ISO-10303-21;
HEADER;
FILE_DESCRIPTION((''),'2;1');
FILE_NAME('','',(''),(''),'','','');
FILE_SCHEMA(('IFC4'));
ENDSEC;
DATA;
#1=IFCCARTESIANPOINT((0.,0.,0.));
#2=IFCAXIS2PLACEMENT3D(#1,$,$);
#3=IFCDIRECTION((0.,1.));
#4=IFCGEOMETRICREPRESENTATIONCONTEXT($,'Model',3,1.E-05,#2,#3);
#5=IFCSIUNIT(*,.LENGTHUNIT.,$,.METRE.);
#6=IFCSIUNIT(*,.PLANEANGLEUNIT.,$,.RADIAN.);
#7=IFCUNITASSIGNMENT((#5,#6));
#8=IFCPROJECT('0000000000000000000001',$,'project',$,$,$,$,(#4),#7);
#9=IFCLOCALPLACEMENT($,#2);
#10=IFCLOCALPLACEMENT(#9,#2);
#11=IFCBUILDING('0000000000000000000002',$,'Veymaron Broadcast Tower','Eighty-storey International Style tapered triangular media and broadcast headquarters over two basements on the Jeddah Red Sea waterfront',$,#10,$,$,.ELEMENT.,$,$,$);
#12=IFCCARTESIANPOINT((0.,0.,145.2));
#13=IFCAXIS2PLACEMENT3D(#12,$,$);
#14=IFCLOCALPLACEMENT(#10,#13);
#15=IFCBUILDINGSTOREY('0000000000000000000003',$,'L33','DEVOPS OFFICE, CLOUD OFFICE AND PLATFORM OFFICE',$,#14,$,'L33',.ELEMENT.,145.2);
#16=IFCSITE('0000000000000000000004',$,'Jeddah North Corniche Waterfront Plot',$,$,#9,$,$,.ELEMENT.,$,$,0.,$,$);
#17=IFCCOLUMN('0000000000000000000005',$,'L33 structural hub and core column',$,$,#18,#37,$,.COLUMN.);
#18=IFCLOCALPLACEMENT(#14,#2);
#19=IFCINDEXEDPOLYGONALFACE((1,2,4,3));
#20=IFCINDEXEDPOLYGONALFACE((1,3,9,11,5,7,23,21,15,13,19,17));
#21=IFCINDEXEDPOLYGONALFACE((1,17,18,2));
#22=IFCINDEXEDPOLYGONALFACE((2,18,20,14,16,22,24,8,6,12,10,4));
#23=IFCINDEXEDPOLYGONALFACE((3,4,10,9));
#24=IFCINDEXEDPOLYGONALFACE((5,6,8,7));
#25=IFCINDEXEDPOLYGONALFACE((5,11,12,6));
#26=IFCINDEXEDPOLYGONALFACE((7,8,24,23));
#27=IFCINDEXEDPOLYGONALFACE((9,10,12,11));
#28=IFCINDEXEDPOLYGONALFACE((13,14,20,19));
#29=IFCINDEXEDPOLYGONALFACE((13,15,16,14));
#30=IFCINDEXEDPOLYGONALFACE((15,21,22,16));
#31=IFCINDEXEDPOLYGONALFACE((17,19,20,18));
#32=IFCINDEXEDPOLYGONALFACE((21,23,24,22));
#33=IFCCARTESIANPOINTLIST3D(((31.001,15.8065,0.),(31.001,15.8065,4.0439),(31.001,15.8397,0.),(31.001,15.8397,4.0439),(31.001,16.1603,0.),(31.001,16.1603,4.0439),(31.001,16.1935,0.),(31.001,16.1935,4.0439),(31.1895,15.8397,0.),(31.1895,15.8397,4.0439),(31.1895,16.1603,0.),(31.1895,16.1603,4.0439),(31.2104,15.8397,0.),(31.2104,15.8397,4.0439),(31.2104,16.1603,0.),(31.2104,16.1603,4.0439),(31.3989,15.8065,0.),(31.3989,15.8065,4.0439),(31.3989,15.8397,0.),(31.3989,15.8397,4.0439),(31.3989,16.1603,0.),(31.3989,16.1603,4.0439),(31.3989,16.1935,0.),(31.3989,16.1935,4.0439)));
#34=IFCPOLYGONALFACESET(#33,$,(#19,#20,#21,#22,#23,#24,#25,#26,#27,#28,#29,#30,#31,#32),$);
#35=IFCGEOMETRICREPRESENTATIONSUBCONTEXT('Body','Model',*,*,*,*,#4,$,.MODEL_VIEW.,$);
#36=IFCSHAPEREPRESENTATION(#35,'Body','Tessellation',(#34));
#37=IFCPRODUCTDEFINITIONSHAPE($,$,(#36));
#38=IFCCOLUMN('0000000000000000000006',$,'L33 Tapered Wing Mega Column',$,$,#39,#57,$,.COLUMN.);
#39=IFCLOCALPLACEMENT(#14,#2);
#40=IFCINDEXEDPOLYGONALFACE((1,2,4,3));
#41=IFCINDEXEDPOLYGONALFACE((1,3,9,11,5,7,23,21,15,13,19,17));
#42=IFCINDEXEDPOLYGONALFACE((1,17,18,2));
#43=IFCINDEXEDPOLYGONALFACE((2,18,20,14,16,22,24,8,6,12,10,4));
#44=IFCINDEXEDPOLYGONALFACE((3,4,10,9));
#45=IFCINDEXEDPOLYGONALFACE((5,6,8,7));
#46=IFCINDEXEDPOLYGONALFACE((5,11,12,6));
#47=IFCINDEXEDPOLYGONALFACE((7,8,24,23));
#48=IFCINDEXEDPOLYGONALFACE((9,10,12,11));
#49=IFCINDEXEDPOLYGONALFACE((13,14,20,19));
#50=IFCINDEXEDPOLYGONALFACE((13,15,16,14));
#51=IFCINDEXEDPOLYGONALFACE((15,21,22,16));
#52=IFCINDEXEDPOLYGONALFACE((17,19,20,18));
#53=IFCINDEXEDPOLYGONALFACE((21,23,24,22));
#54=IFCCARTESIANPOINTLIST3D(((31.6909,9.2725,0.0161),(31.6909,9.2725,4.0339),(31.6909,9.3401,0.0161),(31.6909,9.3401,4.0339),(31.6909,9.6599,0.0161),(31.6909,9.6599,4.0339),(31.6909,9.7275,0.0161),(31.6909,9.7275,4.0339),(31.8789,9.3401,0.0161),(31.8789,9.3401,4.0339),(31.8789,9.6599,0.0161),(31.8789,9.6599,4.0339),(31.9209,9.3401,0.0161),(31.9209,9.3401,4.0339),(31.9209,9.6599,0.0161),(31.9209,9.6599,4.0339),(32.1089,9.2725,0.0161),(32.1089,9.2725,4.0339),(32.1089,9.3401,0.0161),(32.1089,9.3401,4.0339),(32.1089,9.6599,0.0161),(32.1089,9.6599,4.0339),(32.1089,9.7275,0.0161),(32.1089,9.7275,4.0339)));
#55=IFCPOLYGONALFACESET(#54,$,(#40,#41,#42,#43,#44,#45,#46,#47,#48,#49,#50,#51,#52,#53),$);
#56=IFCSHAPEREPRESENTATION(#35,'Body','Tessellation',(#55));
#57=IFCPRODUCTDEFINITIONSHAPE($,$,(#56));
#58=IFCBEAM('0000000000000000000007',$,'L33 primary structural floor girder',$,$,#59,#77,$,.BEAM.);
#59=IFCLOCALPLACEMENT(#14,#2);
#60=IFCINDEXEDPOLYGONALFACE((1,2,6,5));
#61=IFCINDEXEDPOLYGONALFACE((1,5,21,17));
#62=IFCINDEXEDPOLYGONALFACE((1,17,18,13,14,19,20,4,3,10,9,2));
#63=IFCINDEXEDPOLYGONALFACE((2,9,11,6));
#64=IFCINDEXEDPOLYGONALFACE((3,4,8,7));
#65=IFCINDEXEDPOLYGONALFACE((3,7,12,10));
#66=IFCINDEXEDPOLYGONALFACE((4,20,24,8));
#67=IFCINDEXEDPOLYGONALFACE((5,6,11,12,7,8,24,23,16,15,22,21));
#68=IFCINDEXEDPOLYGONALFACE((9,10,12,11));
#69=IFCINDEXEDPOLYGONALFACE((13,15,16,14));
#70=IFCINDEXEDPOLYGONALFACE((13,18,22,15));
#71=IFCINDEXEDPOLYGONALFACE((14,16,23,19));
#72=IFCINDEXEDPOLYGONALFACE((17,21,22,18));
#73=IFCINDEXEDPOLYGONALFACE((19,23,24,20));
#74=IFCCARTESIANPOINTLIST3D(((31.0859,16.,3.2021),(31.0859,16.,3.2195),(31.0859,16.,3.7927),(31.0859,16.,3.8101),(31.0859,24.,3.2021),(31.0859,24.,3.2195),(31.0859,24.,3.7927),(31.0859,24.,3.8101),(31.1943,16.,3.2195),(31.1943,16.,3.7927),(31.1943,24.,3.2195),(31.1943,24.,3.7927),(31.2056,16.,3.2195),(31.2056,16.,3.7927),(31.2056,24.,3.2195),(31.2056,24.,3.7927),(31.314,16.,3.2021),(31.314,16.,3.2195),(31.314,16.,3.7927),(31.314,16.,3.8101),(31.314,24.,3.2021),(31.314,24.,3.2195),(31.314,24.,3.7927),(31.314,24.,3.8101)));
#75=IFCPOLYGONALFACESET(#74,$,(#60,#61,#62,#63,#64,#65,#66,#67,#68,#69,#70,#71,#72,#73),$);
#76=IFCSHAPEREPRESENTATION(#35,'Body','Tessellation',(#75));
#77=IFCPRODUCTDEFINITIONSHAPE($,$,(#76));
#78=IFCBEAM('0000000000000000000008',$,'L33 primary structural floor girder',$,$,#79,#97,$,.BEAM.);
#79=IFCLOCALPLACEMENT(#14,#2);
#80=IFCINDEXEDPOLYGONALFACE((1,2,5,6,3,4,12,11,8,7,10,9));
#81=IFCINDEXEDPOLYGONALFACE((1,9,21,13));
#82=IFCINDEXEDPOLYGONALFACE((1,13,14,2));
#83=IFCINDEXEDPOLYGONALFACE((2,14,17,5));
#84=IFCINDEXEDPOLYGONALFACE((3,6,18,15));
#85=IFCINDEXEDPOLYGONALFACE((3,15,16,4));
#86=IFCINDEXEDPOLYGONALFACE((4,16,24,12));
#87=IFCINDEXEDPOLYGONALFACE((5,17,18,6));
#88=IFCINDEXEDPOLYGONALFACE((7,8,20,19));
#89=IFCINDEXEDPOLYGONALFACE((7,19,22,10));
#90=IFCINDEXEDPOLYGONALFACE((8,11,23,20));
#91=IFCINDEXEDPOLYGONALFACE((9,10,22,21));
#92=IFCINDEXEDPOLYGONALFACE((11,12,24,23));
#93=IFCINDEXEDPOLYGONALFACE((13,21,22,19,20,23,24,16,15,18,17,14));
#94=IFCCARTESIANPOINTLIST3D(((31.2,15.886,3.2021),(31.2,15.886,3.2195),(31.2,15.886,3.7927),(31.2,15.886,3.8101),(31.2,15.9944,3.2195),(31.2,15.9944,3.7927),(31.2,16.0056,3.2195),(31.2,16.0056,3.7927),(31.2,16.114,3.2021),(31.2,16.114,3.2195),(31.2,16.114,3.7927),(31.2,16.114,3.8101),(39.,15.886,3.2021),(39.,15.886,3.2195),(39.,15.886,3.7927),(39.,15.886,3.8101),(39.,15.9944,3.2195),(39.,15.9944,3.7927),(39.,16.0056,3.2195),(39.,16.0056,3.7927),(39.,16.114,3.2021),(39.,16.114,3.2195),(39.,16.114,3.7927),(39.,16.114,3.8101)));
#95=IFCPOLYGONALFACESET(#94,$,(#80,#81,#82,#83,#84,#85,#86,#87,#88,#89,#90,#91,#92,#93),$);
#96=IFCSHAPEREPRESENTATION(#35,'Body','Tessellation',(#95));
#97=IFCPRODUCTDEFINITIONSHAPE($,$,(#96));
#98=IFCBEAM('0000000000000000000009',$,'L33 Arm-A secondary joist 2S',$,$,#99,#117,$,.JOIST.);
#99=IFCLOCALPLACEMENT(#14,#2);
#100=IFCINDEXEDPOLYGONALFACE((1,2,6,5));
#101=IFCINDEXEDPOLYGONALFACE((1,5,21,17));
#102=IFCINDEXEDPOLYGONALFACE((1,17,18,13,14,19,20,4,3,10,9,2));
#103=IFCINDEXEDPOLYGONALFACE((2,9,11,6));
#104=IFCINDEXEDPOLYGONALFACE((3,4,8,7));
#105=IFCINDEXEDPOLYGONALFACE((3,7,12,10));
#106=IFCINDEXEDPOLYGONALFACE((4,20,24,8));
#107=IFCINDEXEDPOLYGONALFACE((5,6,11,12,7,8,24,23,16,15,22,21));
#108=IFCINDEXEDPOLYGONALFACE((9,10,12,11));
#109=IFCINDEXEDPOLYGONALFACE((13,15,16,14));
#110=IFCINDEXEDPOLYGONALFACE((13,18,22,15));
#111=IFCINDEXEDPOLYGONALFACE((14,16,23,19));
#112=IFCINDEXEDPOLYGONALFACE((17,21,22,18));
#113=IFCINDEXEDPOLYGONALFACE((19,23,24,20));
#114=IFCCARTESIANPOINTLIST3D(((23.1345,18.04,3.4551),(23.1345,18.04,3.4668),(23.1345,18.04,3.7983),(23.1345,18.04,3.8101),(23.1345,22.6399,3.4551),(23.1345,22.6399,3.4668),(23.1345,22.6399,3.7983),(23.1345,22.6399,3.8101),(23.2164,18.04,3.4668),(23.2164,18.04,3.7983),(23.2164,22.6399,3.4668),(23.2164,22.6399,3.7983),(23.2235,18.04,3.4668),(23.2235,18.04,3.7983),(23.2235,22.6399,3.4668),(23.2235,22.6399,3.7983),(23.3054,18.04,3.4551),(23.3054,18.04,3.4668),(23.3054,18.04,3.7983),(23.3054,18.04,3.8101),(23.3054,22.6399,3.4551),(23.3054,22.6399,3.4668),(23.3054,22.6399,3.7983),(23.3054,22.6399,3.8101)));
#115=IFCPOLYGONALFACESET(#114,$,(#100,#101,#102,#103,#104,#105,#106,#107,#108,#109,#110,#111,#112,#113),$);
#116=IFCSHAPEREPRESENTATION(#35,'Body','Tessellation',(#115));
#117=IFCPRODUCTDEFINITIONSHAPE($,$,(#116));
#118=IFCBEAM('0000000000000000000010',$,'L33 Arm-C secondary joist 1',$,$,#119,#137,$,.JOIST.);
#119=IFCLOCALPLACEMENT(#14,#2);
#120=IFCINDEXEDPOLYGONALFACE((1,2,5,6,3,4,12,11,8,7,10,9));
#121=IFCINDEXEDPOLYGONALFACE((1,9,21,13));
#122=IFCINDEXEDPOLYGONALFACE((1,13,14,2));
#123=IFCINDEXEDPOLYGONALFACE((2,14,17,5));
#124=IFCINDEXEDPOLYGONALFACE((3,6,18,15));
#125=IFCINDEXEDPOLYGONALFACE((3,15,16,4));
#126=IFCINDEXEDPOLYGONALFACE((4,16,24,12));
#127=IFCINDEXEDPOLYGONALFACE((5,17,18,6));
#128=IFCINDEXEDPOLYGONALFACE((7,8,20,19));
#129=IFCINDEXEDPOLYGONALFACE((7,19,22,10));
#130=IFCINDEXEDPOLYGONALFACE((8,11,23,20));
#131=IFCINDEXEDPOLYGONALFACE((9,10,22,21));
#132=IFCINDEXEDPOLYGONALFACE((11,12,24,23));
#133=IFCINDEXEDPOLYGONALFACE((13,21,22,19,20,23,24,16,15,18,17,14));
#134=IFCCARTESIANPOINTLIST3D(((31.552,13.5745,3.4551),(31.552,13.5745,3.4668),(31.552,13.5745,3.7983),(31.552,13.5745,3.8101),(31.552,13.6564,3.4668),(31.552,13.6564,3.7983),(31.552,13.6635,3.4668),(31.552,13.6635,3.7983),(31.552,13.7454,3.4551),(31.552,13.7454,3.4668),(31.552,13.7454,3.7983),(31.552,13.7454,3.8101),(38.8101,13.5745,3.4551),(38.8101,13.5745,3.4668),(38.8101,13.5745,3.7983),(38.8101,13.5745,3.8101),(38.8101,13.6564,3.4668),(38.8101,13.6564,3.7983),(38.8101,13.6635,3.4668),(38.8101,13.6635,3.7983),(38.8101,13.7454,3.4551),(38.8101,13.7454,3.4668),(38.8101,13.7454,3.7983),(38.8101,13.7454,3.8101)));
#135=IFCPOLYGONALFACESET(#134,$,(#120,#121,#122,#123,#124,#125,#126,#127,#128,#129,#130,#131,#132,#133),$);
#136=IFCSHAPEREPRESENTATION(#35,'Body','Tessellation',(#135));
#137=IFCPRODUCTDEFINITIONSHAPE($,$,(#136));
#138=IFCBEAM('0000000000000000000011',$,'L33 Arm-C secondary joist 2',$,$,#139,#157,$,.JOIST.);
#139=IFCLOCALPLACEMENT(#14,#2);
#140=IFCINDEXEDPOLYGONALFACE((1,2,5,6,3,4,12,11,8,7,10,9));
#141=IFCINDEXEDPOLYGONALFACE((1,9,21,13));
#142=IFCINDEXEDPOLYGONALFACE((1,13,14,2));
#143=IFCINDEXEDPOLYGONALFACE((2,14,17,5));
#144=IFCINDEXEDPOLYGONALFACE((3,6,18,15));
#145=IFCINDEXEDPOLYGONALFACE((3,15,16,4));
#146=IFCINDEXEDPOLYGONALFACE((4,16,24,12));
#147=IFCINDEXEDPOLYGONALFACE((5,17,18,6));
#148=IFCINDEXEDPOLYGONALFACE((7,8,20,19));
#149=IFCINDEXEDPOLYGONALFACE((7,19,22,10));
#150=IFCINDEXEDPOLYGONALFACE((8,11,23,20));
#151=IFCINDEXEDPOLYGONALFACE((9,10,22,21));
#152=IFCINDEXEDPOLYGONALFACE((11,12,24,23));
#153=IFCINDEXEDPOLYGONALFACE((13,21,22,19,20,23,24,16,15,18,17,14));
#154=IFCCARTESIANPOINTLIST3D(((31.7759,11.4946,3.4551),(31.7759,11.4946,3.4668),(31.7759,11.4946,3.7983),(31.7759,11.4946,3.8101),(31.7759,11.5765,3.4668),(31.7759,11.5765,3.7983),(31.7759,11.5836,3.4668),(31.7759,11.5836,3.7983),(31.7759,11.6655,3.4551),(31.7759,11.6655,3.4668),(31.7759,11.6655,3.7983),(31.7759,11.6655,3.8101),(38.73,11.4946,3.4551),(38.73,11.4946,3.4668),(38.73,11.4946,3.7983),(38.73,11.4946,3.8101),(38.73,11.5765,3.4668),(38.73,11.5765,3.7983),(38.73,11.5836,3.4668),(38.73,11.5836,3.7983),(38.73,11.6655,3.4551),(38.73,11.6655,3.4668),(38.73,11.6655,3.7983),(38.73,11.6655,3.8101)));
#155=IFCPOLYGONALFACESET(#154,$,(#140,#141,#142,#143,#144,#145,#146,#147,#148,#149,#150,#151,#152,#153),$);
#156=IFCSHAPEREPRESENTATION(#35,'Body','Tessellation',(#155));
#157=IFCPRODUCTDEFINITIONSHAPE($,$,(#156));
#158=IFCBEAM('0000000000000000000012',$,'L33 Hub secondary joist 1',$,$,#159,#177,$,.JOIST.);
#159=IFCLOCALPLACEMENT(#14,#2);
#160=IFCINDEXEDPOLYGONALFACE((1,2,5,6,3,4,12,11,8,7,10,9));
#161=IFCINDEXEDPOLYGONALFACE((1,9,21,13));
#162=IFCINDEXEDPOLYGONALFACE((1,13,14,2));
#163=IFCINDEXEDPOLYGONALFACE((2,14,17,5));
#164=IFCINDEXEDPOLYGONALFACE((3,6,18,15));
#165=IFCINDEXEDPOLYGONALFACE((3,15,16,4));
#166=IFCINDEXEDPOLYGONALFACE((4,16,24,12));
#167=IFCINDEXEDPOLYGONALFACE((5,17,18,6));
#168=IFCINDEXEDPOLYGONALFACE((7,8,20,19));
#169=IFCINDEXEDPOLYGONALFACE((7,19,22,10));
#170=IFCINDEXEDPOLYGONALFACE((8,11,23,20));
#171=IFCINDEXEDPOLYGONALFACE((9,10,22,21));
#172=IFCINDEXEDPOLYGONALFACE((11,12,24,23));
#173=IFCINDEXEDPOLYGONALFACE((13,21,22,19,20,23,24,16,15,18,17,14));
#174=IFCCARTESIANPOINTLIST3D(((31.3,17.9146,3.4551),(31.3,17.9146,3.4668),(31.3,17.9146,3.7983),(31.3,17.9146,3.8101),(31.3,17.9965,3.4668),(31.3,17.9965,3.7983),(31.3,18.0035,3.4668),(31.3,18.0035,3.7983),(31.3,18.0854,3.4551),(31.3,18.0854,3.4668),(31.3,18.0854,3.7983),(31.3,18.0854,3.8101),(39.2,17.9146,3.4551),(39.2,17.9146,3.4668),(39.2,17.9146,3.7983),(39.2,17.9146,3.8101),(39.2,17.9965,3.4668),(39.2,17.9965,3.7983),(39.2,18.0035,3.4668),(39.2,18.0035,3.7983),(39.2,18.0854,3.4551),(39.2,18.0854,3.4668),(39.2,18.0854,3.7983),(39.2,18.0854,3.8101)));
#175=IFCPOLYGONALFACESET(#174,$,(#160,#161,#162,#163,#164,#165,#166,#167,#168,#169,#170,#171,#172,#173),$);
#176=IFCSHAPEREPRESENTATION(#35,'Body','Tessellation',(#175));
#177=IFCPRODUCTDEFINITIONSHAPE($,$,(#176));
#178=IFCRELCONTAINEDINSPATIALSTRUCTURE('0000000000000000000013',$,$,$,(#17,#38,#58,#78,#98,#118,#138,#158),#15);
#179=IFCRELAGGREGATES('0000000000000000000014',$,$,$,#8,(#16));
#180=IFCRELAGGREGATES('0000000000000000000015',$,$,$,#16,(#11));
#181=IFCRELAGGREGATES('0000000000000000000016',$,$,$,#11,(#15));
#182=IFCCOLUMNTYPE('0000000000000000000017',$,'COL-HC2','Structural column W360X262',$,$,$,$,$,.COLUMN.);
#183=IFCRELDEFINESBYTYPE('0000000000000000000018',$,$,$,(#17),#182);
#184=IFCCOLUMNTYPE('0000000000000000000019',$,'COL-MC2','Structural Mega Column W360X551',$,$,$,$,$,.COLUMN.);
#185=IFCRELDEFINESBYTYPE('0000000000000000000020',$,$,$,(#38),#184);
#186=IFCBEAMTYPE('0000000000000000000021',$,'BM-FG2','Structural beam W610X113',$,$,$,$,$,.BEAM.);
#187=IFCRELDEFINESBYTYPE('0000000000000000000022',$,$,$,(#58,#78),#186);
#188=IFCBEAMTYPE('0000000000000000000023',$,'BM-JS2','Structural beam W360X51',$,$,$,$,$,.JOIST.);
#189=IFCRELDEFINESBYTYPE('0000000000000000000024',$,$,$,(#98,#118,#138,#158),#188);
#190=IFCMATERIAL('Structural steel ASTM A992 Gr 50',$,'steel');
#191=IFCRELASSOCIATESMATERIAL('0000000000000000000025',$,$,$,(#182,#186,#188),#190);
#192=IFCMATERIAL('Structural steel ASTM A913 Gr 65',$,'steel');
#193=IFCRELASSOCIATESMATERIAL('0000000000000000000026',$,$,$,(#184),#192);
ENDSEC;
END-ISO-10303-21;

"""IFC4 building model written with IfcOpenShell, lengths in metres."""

from ifc_helpers import new_model, si_unit, direction, frame, origin, origin_2d, place, context, subcontext, project, spatial, i_section, extrude, material, material_profile, profile_set, type_object, element, save


model = new_model("IFC4")

# Units and contexts
model_context = context("Model", 3, precision=1e-05, world=origin(), true_north=direction((0.0, 1.0)))
body_context = subcontext(model_context, "Body", "Model", "MODEL_VIEW")
ifc_project = project(units=[si_unit("LENGTHUNIT", "METRE"), si_unit("PLANEANGLEUNIT", "RADIAN")], contexts=[model_context])

# Site, building, storey
site_placement = place(None, origin())
site = spatial("IfcSite", under=ifc_project, at=site_placement, Name="Jeddah North Corniche Waterfront Plot", CompositionType="ELEMENT", RefElevation=0.0)
building_placement = place(site_placement, origin())
building = spatial("IfcBuilding", under=site, at=building_placement, Name="Veymaron Broadcast Tower", Description="Eighty-storey International Style tapered triangular media and broadcast headquarters over two basements on the Jeddah Red Sea waterfront", CompositionType="ELEMENT")
storey_placement = place(building_placement, frame((0.0, 0.0, 145.2)))
storey = spatial("IfcBuildingStorey", under=building, at=storey_placement, Name="L33", Description="DEVOPS OFFICE, CLOUD OFFICE AND PLATFORM OFFICE", LongName="L33", CompositionType="ELEMENT", Elevation=145.2)

# Columns
ifc_material_1 = material(Name="Structural steel ASTM A992 Gr 50", Category="steel")
ifc_material_profile_1 = material_profile(ifc_material_1, i_section(OverallWidth=0.3979, OverallDepth=0.387, WebThickness=0.021, FlangeThickness=0.0332, at=origin_2d()), Name="W360X262")
ifc_profile_set_1 = profile_set([ifc_material_profile_1], Name="Structural steel ASTM A992 Gr 50")
column_type_1 = type_object("IfcColumnType", Name="COL-HC2", Description="Structural column W360X262", PredefinedType="COLUMN", material=ifc_profile_set_1)
column_1_placement = place(storey_placement, frame((31.2, 16.0, 0.0), z_axis=(0.0, 0.0, 1.0), x_axis=(1.0, 0.0, 0.0)))
element("IfcColumn", 1, at=column_1_placement, inside=storey, type_object=column_type_1, Name="L33 structural hub and core column", PredefinedType="COLUMN", context=body_context, shape_type="SweptSolid", body=[
    extrude(i_section(OverallWidth=0.3979, OverallDepth=0.387, WebThickness=0.021, FlangeThickness=0.0332, at=origin_2d()), origin(), (0.0, 0.0, 1.0), 4.0439),
])
ifc_material_2 = material(Name="Structural steel ASTM A913 Gr 65", Category="steel")
ifc_material_profile_2 = material_profile(ifc_material_2, i_section(OverallWidth=0.418, OverallDepth=0.4551, WebThickness=0.042, FlangeThickness=0.0676, at=origin_2d()), Name="W360X551")
ifc_profile_set_2 = profile_set([ifc_material_profile_2], Name="Structural steel ASTM A913 Gr 65")
column_type_2 = type_object("IfcColumnType", Name="COL-MC2", Description="Structural Mega Column W360X551", PredefinedType="COLUMN", material=ifc_profile_set_2)
column_2_placement = place(storey_placement, frame((31.8999, 9.5, 0.0161), z_axis=(0.0, 0.0, 1.0), x_axis=(1.0, 0.0, 0.0)))
element("IfcColumn", 2, at=column_2_placement, inside=storey, type_object=column_type_2, Name="L33 Tapered Wing Mega Column", PredefinedType="COLUMN", context=body_context, shape_type="SweptSolid", body=[
    extrude(i_section(OverallWidth=0.418, OverallDepth=0.4551, WebThickness=0.042, FlangeThickness=0.0676, at=origin_2d()), origin(), (0.0, 0.0, 1.0), 4.0178),
])

# Beams
ifc_material_profile_3 = material_profile(ifc_material_1, i_section(OverallWidth=0.228, OverallDepth=0.6079, WebThickness=0.0112, FlangeThickness=0.0173, at=origin_2d()), Name="W610X113")
ifc_profile_set_3 = profile_set([ifc_material_profile_3], Name="Structural steel ASTM A992 Gr 50")
beam_type_1 = type_object("IfcBeamType", Name="BM-FG2", Description="Structural beam W610X113", PredefinedType="BEAM", material=ifc_profile_set_3)
beam_1_placement = place(storey_placement, frame((31.2, 16.0, 3.5061), z_axis=(0.0, 1.0, 0.0), x_axis=(-1.0, 0.0, 0.0)))
element("IfcBeam", 3, at=beam_1_placement, inside=storey, type_object=beam_type_1, Name="L33 primary structural floor girder", PredefinedType="BEAM", context=body_context, shape_type="SweptSolid", body=[
    extrude(i_section(OverallWidth=0.228, OverallDepth=0.6079, WebThickness=0.0112, FlangeThickness=0.0173, at=origin_2d()), origin(), (0.0, 0.0, 1.0), 8.0),
])
beam_2_placement = place(storey_placement, frame((31.2, 16.0, 3.5061), z_axis=(1.0, 0.0, 0.0), x_axis=(0.0, 1.0, 0.0)))
element("IfcBeam", 4, at=beam_2_placement, inside=storey, type_object=beam_type_1, Name="L33 primary structural floor girder", PredefinedType="BEAM", context=body_context, shape_type="SweptSolid", body=[
    extrude(i_section(OverallWidth=0.228, OverallDepth=0.6079, WebThickness=0.0112, FlangeThickness=0.0173, at=origin_2d()), origin(), (0.0, 0.0, 1.0), 7.8),
])
ifc_material_profile_4 = material_profile(ifc_material_1, i_section(OverallWidth=0.1709, OverallDepth=0.355, WebThickness=0.0071, FlangeThickness=0.0117, at=origin_2d()), Name="W360X51")
ifc_profile_set_4 = profile_set([ifc_material_profile_4], Name="Structural steel ASTM A992 Gr 50")
beam_type_2 = type_object("IfcBeamType", Name="BM-JS2", Description="Structural beam W360X51", PredefinedType="JOIST", material=ifc_profile_set_4)
beam_3_placement = place(storey_placement, frame((23.22, 18.04, 3.6326), z_axis=(0.0, 1.0, 0.0), x_axis=(-1.0, 0.0, 0.0)))
element("IfcBeam", 5, at=beam_3_placement, inside=storey, type_object=beam_type_2, Name="L33 Arm-A secondary joist 2S", PredefinedType="JOIST", context=body_context, shape_type="SweptSolid", body=[
    extrude(i_section(OverallWidth=0.1709, OverallDepth=0.355, WebThickness=0.0071, FlangeThickness=0.0117, at=origin_2d()), origin(), (0.0, 0.0, 1.0), 4.5999),
])
beam_4_placement = place(storey_placement, frame((31.552, 13.6599, 3.6326), z_axis=(1.0, 0.0, 0.0), x_axis=(0.0, 1.0, 0.0)))
element("IfcBeam", 6, at=beam_4_placement, inside=storey, type_object=beam_type_2, Name="L33 Arm-C secondary joist 1", PredefinedType="JOIST", context=body_context, shape_type="SweptSolid", body=[
    extrude(i_section(OverallWidth=0.1709, OverallDepth=0.355, WebThickness=0.0071, FlangeThickness=0.0117, at=origin_2d()), origin(), (0.0, 0.0, 1.0), 7.2581),
])
beam_5_placement = place(storey_placement, frame((31.7759, 11.5801, 3.6326), z_axis=(1.0, 0.0, 0.0), x_axis=(0.0, 1.0, 0.0)))
element("IfcBeam", 7, at=beam_5_placement, inside=storey, type_object=beam_type_2, Name="L33 Arm-C secondary joist 2", PredefinedType="JOIST", context=body_context, shape_type="SweptSolid", body=[
    extrude(i_section(OverallWidth=0.1709, OverallDepth=0.355, WebThickness=0.0071, FlangeThickness=0.0117, at=origin_2d()), origin(), (0.0, 0.0, 1.0), 6.9541),
])
for number, where, z_axis, x_axis, name in (
    (8, (31.3, 18.0, 3.6326), (1.0, 0.0, 0.0), (0.0, 1.0, 0.0), "L33 Hub secondary joist 1"),
):
    element("IfcBeam", number, at=place(storey_placement, frame(where, z_axis=z_axis, x_axis=x_axis)), inside=storey, type_object=beam_type_2, Name=name, PredefinedType="JOIST", context=body_context, shape_type="SweptSolid", body=[
        extrude(i_section(OverallWidth=0.1709, OverallDepth=0.355, WebThickness=0.0071, FlangeThickness=0.0117, at=origin_2d()), origin(), (0.0, 0.0, 1.0), 7.8999),
    ])

save(model, "model.ifc")
